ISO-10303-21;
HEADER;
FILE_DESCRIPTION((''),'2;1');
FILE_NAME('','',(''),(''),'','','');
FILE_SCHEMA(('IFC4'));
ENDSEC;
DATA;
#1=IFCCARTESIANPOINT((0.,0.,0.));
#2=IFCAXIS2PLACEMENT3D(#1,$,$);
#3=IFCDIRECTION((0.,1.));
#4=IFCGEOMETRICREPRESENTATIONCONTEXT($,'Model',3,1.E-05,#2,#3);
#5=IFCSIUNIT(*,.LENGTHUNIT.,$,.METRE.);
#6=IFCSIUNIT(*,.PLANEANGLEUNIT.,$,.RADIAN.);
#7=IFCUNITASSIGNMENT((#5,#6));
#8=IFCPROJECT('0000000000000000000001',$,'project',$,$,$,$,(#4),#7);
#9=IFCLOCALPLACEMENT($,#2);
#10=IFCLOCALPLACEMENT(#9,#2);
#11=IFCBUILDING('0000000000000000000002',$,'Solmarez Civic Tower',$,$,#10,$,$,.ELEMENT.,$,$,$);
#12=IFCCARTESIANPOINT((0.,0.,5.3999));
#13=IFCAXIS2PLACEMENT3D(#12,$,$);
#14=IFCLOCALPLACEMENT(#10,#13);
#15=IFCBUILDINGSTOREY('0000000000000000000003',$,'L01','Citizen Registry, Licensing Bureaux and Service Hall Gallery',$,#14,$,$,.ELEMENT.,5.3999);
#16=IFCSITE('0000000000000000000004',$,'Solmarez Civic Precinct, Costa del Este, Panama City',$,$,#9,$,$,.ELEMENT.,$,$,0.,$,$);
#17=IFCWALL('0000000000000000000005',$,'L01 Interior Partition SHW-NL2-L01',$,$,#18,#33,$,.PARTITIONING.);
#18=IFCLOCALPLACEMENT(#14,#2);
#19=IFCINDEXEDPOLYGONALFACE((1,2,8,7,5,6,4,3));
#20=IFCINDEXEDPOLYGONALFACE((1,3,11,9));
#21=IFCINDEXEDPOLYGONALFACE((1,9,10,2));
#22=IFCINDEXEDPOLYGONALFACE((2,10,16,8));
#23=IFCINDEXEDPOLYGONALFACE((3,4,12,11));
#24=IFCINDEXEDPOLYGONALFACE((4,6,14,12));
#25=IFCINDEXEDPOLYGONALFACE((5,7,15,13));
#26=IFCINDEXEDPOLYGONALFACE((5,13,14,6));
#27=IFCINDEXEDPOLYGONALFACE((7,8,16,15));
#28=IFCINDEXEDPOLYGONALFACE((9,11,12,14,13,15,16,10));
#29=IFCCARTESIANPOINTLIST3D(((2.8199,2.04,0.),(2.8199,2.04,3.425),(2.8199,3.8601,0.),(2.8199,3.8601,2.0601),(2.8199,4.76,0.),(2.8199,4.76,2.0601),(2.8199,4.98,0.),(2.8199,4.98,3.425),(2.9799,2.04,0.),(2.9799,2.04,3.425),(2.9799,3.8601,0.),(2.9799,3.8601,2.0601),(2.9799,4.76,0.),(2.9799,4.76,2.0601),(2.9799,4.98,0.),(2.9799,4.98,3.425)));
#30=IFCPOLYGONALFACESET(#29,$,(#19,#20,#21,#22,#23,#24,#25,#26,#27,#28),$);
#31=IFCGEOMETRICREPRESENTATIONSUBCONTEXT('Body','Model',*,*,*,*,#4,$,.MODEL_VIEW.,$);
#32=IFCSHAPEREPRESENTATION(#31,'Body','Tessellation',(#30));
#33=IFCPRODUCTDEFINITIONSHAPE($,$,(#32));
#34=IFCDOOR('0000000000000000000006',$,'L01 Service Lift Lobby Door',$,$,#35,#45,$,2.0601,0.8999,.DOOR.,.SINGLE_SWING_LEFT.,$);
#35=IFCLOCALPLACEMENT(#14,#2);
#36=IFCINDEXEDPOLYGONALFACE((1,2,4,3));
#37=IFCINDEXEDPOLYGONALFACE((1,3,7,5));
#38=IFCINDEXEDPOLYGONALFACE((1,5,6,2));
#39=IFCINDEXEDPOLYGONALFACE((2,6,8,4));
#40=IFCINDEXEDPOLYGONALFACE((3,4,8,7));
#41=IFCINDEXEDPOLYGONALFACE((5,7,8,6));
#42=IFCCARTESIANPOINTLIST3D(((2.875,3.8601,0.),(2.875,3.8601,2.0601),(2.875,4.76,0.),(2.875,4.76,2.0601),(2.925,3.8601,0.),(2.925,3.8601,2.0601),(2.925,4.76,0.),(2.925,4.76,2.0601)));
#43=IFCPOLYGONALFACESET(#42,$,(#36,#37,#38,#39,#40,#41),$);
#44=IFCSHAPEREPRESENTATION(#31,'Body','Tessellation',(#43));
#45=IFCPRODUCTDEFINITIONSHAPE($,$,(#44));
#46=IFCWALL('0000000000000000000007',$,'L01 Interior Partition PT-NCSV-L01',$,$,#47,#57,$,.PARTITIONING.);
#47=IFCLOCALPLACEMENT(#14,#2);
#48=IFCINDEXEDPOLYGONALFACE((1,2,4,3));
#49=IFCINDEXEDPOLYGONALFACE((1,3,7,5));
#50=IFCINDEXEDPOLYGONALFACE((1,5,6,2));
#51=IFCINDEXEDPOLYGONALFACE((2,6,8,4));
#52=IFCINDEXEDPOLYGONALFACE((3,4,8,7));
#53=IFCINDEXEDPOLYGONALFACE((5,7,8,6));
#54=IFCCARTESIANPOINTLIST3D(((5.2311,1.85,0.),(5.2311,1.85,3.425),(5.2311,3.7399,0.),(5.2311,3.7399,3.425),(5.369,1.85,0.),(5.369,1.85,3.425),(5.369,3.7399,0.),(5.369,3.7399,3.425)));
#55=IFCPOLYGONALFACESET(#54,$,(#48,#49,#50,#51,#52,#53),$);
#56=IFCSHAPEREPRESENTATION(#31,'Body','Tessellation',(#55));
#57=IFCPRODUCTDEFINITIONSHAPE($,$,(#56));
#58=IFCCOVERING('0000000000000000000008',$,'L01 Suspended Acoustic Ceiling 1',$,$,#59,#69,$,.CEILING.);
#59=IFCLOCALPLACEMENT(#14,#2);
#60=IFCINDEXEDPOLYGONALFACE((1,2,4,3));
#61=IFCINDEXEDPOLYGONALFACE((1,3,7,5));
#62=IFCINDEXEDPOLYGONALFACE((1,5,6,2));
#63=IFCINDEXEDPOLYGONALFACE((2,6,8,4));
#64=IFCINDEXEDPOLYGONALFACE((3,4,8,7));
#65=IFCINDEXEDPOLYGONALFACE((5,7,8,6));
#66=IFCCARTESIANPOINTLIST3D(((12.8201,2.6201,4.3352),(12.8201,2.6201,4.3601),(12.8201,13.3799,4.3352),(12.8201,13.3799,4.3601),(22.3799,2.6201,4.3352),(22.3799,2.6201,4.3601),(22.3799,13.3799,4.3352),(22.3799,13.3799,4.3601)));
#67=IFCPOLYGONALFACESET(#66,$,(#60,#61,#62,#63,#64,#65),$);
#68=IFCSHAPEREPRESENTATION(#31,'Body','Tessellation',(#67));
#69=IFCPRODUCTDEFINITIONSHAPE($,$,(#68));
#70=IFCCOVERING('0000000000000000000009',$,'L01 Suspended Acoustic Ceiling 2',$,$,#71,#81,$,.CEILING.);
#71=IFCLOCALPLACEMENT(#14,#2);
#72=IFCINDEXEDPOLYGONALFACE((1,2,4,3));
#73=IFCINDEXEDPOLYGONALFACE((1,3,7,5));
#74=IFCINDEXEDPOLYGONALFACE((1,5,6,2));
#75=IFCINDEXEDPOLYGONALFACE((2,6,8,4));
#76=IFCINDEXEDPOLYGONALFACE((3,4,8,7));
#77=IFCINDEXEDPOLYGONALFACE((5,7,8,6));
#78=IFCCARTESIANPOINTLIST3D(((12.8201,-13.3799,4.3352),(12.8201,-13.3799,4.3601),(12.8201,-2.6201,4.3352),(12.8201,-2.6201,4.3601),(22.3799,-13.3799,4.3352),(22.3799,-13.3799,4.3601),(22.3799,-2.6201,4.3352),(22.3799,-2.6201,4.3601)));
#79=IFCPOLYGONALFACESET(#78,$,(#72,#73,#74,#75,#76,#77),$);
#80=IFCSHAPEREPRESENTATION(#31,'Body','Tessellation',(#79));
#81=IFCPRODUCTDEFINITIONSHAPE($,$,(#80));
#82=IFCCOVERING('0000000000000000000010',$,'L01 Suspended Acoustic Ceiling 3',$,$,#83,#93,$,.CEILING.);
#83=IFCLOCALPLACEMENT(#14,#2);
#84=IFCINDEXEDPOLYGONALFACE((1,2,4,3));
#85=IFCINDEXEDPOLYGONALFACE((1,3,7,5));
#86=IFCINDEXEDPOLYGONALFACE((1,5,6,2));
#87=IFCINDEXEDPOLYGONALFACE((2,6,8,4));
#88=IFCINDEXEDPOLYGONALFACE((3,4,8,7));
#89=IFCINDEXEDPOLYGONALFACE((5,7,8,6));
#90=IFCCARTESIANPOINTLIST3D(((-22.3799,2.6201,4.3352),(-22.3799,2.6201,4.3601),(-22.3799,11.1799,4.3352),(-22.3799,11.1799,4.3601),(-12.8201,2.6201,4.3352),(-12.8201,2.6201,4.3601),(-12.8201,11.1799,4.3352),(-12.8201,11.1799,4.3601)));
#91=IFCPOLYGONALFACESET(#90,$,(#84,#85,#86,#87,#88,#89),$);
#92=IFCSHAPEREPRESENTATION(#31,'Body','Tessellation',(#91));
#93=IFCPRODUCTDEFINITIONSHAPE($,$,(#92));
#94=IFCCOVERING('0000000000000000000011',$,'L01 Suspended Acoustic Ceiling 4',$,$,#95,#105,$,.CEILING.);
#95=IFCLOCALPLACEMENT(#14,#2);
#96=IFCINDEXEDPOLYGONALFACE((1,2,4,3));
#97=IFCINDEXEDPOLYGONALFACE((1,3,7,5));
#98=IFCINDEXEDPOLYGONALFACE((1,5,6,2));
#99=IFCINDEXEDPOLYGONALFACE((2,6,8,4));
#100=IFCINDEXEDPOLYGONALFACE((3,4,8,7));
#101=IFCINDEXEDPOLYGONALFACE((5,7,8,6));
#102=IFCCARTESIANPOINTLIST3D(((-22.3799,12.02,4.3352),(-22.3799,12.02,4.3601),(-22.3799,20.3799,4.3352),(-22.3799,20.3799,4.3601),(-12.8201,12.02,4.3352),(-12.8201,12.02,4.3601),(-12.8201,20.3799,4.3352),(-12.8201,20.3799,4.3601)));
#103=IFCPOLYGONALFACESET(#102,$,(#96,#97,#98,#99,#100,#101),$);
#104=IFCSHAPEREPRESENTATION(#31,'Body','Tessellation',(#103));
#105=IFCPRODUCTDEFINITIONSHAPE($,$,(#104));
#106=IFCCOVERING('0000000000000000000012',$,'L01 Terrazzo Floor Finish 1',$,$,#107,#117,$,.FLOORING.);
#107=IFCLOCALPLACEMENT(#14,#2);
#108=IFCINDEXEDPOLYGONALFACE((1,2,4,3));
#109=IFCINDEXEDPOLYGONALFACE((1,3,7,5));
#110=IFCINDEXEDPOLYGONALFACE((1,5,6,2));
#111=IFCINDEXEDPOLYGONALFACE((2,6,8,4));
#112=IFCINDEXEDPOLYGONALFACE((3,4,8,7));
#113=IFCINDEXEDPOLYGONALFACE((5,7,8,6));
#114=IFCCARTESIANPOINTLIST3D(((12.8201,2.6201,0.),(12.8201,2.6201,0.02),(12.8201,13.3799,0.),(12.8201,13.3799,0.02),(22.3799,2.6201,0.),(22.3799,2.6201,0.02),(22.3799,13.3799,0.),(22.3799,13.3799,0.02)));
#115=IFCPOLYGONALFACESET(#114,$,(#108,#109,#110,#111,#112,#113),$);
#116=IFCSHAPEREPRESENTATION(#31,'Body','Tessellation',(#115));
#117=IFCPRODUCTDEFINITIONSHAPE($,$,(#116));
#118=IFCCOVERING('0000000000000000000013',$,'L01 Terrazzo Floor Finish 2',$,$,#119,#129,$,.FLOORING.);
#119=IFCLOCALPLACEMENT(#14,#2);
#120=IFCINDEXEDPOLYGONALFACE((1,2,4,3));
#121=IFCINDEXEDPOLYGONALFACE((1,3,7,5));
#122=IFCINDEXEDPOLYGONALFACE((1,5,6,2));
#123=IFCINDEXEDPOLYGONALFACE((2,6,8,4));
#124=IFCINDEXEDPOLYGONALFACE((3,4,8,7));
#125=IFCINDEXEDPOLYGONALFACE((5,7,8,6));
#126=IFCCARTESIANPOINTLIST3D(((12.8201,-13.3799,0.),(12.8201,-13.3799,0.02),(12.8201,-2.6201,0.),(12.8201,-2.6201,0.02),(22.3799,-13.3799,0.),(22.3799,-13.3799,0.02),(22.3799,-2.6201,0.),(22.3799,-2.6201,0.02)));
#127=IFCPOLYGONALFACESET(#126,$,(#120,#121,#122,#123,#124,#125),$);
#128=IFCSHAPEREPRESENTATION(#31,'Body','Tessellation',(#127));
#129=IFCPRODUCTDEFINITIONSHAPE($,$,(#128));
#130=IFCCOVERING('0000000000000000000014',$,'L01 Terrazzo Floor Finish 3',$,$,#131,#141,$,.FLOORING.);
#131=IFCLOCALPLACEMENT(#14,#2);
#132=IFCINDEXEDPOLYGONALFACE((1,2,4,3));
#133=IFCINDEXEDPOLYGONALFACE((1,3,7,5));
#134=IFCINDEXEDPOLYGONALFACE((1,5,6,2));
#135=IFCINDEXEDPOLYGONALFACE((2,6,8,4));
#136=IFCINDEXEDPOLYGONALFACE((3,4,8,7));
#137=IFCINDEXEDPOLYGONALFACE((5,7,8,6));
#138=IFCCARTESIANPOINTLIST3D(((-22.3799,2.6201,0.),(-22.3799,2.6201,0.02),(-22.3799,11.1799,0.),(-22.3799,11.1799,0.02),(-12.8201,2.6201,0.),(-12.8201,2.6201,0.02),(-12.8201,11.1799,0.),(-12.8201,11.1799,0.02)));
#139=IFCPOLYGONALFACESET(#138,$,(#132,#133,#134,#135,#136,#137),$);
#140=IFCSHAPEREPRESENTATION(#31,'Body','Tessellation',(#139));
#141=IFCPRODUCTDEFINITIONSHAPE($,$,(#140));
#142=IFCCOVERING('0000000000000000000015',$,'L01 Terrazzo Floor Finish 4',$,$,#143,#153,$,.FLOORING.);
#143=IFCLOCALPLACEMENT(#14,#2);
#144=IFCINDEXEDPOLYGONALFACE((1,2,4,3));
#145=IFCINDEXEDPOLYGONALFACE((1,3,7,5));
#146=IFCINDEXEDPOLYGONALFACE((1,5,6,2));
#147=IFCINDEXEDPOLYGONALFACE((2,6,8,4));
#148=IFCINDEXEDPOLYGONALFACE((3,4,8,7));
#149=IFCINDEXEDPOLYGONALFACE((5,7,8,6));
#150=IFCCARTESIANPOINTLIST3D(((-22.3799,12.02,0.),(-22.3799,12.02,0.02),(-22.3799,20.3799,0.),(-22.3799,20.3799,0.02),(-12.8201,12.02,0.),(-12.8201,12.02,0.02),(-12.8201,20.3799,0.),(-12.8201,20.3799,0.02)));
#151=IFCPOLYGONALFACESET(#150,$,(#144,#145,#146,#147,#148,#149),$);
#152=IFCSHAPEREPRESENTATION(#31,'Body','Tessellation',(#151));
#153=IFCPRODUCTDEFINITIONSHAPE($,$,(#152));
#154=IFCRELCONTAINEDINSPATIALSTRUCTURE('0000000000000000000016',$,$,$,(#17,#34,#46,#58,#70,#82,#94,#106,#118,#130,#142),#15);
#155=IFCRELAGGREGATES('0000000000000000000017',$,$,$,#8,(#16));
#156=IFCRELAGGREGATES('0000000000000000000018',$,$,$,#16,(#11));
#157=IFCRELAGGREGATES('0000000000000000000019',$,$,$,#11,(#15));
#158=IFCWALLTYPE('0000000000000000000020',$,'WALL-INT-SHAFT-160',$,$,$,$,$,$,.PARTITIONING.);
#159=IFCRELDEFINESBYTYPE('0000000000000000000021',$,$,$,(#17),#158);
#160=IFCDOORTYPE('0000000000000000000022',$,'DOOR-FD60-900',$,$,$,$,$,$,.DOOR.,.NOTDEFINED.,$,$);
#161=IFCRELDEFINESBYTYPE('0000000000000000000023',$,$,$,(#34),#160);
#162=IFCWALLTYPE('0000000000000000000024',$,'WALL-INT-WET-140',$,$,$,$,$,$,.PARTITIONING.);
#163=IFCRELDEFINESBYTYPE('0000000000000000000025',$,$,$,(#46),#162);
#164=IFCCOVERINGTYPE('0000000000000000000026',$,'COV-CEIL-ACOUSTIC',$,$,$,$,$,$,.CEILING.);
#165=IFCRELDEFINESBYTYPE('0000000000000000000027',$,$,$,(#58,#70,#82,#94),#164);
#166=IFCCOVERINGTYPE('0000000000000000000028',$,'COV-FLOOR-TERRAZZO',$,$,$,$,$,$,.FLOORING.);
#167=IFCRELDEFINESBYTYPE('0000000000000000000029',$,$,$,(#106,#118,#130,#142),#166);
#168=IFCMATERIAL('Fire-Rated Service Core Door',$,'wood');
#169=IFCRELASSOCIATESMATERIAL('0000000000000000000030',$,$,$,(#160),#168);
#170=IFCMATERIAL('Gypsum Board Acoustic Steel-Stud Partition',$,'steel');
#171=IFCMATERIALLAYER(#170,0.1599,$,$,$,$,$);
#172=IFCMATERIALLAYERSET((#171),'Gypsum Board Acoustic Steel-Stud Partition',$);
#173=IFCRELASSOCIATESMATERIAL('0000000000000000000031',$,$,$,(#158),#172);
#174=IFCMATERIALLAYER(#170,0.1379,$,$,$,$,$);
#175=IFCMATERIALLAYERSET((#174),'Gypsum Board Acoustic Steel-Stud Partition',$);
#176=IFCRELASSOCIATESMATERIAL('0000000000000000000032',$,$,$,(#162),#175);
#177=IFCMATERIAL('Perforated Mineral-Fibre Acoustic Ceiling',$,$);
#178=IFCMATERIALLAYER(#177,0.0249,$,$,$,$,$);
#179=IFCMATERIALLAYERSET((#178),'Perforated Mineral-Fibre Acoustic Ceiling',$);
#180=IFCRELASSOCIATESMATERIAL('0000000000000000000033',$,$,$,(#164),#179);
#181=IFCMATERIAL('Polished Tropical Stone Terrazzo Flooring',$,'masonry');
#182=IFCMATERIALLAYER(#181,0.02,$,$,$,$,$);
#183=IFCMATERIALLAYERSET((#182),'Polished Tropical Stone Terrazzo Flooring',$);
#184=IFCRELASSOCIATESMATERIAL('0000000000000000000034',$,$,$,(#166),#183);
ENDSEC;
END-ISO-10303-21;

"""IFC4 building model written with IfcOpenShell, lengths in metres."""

from ifc_helpers import new_model, si_unit, direction, frame, frame_2d, origin, place, context, subcontext, project, spatial, polyline, rectangle, outline, extrude, material, layer, layer_set, type_object, element, fill, save


model = new_model("IFC4")

# Units and contexts
model_context = context("Model", 3, precision=1e-05, world=origin(), true_north=direction((0.0, 1.0)))
body_context = subcontext(model_context, "Body", "Model", "MODEL_VIEW")
ifc_project = project(units=[si_unit("LENGTHUNIT", "METRE"), si_unit("PLANEANGLEUNIT", "RADIAN")], contexts=[model_context])

# Site, building, storey
site_placement = place(None, origin())
site = spatial("IfcSite", under=ifc_project, at=site_placement, Name="Solmarez Civic Precinct, Costa del Este, Panama City", CompositionType="ELEMENT", RefElevation=0.0)
building_placement = place(site_placement, origin())
building = spatial("IfcBuilding", under=site, at=building_placement, Name="Solmarez Civic Tower", CompositionType="ELEMENT")
storey_placement = place(building_placement, frame((0.0, 0.0, 5.3999)))
storey = spatial("IfcBuildingStorey", under=building, at=storey_placement, Name="L01", Description="Citizen Registry, Licensing Bureaux and Service Hall Gallery", CompositionType="ELEMENT", Elevation=5.3999)

# Shared definitions
ifc_material_1 = material(Name="Fire-Rated Service Core Door", Category="wood")
door_type_1 = type_object("IfcDoorType", Name="DOOR-FD60-900", OperationType="NOTDEFINED", PredefinedType="DOOR", material=ifc_material_1)

# Shared definitions
ifc_material_2 = material(Name="Gypsum Board Acoustic Steel-Stud Partition", Category="steel")

# Wall, opening, door
ifc_layer_1 = layer(ifc_material_2, 0.1599)
ifc_layer_set_1 = layer_set([ifc_layer_1], Name="Gypsum Board Acoustic Steel-Stud Partition")
wall_type_1 = type_object("IfcWallType", Name="WALL-INT-SHAFT-160", PredefinedType="PARTITIONING", material=ifc_layer_set_1)
wall_1_placement = place(storey_placement, frame((2.8999, 2.04, 0.0), z_axis=(0.0, 0.0, 1.0), x_axis=(0.0, 1.0, 0.0)))
wall_1 = element("IfcWall", 1, at=wall_1_placement, inside=storey, type_object=wall_type_1, Name="L01 Interior Partition SHW-NL2-L01", PredefinedType="PARTITIONING", context=body_context, shape_type="SweptSolid", body=[
    extrude(rectangle(XDim=2.9399, YDim=0.1599, at=frame_2d((1.47, 0.0))), origin(), (0.0, 0.0, 1.0), 3.425),
])
opening_1_placement = place(wall_1_placement, frame((1.8201, 0.0, 0.0)))
opening_1 = element("IfcOpeningElement", 2, at=opening_1_placement, cuts=wall_1, PredefinedType="OPENING", context=body_context, shape_type="SweptSolid", body=[
    extrude(rectangle(XDim=0.8999, YDim=2.0601, at=frame_2d((0.45, 1.03))), frame((0.0, 0.0898, 0.0), z_axis=(0.0, -1.0, 0.0), x_axis=(1.0, 0.0, 0.0)), (0.0, 0.0, 1.0), 0.1799),
])
door_1_placement = place(opening_1_placement, origin())
door_1 = element("IfcDoor", 3, at=door_1_placement, inside=storey, type_object=door_type_1, Name="L01 Service Lift Lobby Door", OperationType="SINGLE_SWING_LEFT", OverallHeight=2.0601, OverallWidth=0.8999, PredefinedType="DOOR", context=body_context, shape_type="SweptSolid", body=[
    extrude(rectangle(XDim=0.8999, YDim=2.0601, at=frame_2d((0.45, 1.03))), frame((0.0, 0.0249, 0.0), z_axis=(0.0, -1.0, 0.0), x_axis=(1.0, 0.0, 0.0)), (0.0, 0.0, 1.0), 0.05),
])
fill(opening_1, door_1)

# Wall
ifc_layer_2 = layer(ifc_material_2, 0.1379)
ifc_layer_set_2 = layer_set([ifc_layer_2], Name="Gypsum Board Acoustic Steel-Stud Partition")
wall_type_2 = type_object("IfcWallType", Name="WALL-INT-WET-140", PredefinedType="PARTITIONING", material=ifc_layer_set_2)
wall_2_placement = place(storey_placement, frame((5.3, 1.8501, 0.0), z_axis=(0.0, 0.0, 1.0), x_axis=(0.0, 1.0, 0.0)))
element("IfcWall", 4, at=wall_2_placement, inside=storey, type_object=wall_type_2, Name="L01 Interior Partition PT-NCSV-L01", PredefinedType="PARTITIONING", context=body_context, shape_type="SweptSolid", body=[
    extrude(rectangle(XDim=1.8899, YDim=0.1379, at=frame_2d((0.9448, 0.0))), origin(), (0.0, 0.0, 1.0), 3.425),
])

# Coverings
ifc_material_3 = material(Name="Perforated Mineral-Fibre Acoustic Ceiling")
ifc_layer_3 = layer(ifc_material_3, 0.0249)
ifc_layer_set_3 = layer_set([ifc_layer_3], Name="Perforated Mineral-Fibre Acoustic Ceiling")
covering_type_1 = type_object("IfcCoveringType", Name="COV-CEIL-ACOUSTIC", PredefinedType="CEILING", material=ifc_layer_set_3)
covering_1_placement = place(storey_placement, frame((0.0, 0.0, 4.3352)))
element("IfcCovering", 5, at=covering_1_placement, inside=storey, type_object=covering_type_1, Name="L01 Suspended Acoustic Ceiling 1", PredefinedType="CEILING", context=body_context, shape_type="SweptSolid", body=[
    extrude(outline(polyline([(22.3799, 2.6201), (22.3799, 13.3799), (12.8201, 13.3799), (12.8201, 2.6201), (22.3799, 2.6201)])), origin(), (0.0, 0.0, 1.0), 0.0249),
])
covering_2_placement = place(storey_placement, frame((0.0, 0.0, 4.3352)))
element("IfcCovering", 6, at=covering_2_placement, inside=storey, type_object=covering_type_1, Name="L01 Suspended Acoustic Ceiling 2", PredefinedType="CEILING", context=body_context, shape_type="SweptSolid", body=[
    extrude(outline(polyline([(22.3799, -13.3799), (22.3799, -2.6201), (12.8201, -2.6201), (12.8201, -13.3799), (22.3799, -13.3799)])), origin(), (0.0, 0.0, 1.0), 0.0249),
])
covering_3_placement = place(storey_placement, frame((0.0, 0.0, 4.3352)))
element("IfcCovering", 7, at=covering_3_placement, inside=storey, type_object=covering_type_1, Name="L01 Suspended Acoustic Ceiling 3", PredefinedType="CEILING", context=body_context, shape_type="SweptSolid", body=[
    extrude(outline(polyline([(-12.8201, 2.6201), (-12.8201, 11.1799), (-22.3799, 11.1799), (-22.3799, 2.6201), (-12.8201, 2.6201)])), origin(), (0.0, 0.0, 1.0), 0.0249),
])
covering_4_placement = place(storey_placement, frame((0.0, 0.0, 4.3352)))
element("IfcCovering", 8, at=covering_4_placement, inside=storey, type_object=covering_type_1, Name="L01 Suspended Acoustic Ceiling 4", PredefinedType="CEILING", context=body_context, shape_type="SweptSolid", body=[
    extrude(outline(polyline([(-12.8201, 12.02), (-12.8201, 20.3799), (-22.3799, 20.3799), (-22.3799, 12.02), (-12.8201, 12.02)])), origin(), (0.0, 0.0, 1.0), 0.0249),
])
ifc_material_4 = material(Name="Polished Tropical Stone Terrazzo Flooring", Category="masonry")
ifc_layer_4 = layer(ifc_material_4, 0.02)
ifc_layer_set_4 = layer_set([ifc_layer_4], Name="Polished Tropical Stone Terrazzo Flooring")
covering_type_2 = type_object("IfcCoveringType", Name="COV-FLOOR-TERRAZZO", PredefinedType="FLOORING", material=ifc_layer_set_4)
covering_5_placement = place(storey_placement, origin())
element("IfcCovering", 9, at=covering_5_placement, inside=storey, type_object=covering_type_2, Name="L01 Terrazzo Floor Finish 1", PredefinedType="FLOORING", context=body_context, shape_type="SweptSolid", body=[
    extrude(outline(polyline([(22.3799, 2.6201), (22.3799, 13.3799), (12.8201, 13.3799), (12.8201, 2.6201), (22.3799, 2.6201)])), origin(), (0.0, 0.0, 1.0), 0.02),
])
covering_6_placement = place(storey_placement, origin())
element("IfcCovering", 10, at=covering_6_placement, inside=storey, type_object=covering_type_2, Name="L01 Terrazzo Floor Finish 2", PredefinedType="FLOORING", context=body_context, shape_type="SweptSolid", body=[
    extrude(outline(polyline([(22.3799, -13.3799), (22.3799, -2.6201), (12.8201, -2.6201), (12.8201, -13.3799), (22.3799, -13.3799)])), origin(), (0.0, 0.0, 1.0), 0.02),
])
covering_7_placement = place(storey_placement, origin())
element("IfcCovering", 11, at=covering_7_placement, inside=storey, type_object=covering_type_2, Name="L01 Terrazzo Floor Finish 3", PredefinedType="FLOORING", context=body_context, shape_type="SweptSolid", body=[
    extrude(outline(polyline([(-12.8201, 2.6201), (-12.8201, 11.1799), (-22.3799, 11.1799), (-22.3799, 2.6201), (-12.8201, 2.6201)])), origin(), (0.0, 0.0, 1.0), 0.02),
])
covering_8_placement = place(storey_placement, origin())
element("IfcCovering", 12, at=covering_8_placement, inside=storey, type_object=covering_type_2, Name="L01 Terrazzo Floor Finish 4", PredefinedType="FLOORING", context=body_context, shape_type="SweptSolid", body=[
    extrude(outline(polyline([(-12.8201, 12.02), (-12.8201, 20.3799), (-22.3799, 20.3799), (-22.3799, 12.02), (-12.8201, 12.02)])), origin(), (0.0, 0.0, 1.0), 0.02),
])

save(model, "model.ifc")
